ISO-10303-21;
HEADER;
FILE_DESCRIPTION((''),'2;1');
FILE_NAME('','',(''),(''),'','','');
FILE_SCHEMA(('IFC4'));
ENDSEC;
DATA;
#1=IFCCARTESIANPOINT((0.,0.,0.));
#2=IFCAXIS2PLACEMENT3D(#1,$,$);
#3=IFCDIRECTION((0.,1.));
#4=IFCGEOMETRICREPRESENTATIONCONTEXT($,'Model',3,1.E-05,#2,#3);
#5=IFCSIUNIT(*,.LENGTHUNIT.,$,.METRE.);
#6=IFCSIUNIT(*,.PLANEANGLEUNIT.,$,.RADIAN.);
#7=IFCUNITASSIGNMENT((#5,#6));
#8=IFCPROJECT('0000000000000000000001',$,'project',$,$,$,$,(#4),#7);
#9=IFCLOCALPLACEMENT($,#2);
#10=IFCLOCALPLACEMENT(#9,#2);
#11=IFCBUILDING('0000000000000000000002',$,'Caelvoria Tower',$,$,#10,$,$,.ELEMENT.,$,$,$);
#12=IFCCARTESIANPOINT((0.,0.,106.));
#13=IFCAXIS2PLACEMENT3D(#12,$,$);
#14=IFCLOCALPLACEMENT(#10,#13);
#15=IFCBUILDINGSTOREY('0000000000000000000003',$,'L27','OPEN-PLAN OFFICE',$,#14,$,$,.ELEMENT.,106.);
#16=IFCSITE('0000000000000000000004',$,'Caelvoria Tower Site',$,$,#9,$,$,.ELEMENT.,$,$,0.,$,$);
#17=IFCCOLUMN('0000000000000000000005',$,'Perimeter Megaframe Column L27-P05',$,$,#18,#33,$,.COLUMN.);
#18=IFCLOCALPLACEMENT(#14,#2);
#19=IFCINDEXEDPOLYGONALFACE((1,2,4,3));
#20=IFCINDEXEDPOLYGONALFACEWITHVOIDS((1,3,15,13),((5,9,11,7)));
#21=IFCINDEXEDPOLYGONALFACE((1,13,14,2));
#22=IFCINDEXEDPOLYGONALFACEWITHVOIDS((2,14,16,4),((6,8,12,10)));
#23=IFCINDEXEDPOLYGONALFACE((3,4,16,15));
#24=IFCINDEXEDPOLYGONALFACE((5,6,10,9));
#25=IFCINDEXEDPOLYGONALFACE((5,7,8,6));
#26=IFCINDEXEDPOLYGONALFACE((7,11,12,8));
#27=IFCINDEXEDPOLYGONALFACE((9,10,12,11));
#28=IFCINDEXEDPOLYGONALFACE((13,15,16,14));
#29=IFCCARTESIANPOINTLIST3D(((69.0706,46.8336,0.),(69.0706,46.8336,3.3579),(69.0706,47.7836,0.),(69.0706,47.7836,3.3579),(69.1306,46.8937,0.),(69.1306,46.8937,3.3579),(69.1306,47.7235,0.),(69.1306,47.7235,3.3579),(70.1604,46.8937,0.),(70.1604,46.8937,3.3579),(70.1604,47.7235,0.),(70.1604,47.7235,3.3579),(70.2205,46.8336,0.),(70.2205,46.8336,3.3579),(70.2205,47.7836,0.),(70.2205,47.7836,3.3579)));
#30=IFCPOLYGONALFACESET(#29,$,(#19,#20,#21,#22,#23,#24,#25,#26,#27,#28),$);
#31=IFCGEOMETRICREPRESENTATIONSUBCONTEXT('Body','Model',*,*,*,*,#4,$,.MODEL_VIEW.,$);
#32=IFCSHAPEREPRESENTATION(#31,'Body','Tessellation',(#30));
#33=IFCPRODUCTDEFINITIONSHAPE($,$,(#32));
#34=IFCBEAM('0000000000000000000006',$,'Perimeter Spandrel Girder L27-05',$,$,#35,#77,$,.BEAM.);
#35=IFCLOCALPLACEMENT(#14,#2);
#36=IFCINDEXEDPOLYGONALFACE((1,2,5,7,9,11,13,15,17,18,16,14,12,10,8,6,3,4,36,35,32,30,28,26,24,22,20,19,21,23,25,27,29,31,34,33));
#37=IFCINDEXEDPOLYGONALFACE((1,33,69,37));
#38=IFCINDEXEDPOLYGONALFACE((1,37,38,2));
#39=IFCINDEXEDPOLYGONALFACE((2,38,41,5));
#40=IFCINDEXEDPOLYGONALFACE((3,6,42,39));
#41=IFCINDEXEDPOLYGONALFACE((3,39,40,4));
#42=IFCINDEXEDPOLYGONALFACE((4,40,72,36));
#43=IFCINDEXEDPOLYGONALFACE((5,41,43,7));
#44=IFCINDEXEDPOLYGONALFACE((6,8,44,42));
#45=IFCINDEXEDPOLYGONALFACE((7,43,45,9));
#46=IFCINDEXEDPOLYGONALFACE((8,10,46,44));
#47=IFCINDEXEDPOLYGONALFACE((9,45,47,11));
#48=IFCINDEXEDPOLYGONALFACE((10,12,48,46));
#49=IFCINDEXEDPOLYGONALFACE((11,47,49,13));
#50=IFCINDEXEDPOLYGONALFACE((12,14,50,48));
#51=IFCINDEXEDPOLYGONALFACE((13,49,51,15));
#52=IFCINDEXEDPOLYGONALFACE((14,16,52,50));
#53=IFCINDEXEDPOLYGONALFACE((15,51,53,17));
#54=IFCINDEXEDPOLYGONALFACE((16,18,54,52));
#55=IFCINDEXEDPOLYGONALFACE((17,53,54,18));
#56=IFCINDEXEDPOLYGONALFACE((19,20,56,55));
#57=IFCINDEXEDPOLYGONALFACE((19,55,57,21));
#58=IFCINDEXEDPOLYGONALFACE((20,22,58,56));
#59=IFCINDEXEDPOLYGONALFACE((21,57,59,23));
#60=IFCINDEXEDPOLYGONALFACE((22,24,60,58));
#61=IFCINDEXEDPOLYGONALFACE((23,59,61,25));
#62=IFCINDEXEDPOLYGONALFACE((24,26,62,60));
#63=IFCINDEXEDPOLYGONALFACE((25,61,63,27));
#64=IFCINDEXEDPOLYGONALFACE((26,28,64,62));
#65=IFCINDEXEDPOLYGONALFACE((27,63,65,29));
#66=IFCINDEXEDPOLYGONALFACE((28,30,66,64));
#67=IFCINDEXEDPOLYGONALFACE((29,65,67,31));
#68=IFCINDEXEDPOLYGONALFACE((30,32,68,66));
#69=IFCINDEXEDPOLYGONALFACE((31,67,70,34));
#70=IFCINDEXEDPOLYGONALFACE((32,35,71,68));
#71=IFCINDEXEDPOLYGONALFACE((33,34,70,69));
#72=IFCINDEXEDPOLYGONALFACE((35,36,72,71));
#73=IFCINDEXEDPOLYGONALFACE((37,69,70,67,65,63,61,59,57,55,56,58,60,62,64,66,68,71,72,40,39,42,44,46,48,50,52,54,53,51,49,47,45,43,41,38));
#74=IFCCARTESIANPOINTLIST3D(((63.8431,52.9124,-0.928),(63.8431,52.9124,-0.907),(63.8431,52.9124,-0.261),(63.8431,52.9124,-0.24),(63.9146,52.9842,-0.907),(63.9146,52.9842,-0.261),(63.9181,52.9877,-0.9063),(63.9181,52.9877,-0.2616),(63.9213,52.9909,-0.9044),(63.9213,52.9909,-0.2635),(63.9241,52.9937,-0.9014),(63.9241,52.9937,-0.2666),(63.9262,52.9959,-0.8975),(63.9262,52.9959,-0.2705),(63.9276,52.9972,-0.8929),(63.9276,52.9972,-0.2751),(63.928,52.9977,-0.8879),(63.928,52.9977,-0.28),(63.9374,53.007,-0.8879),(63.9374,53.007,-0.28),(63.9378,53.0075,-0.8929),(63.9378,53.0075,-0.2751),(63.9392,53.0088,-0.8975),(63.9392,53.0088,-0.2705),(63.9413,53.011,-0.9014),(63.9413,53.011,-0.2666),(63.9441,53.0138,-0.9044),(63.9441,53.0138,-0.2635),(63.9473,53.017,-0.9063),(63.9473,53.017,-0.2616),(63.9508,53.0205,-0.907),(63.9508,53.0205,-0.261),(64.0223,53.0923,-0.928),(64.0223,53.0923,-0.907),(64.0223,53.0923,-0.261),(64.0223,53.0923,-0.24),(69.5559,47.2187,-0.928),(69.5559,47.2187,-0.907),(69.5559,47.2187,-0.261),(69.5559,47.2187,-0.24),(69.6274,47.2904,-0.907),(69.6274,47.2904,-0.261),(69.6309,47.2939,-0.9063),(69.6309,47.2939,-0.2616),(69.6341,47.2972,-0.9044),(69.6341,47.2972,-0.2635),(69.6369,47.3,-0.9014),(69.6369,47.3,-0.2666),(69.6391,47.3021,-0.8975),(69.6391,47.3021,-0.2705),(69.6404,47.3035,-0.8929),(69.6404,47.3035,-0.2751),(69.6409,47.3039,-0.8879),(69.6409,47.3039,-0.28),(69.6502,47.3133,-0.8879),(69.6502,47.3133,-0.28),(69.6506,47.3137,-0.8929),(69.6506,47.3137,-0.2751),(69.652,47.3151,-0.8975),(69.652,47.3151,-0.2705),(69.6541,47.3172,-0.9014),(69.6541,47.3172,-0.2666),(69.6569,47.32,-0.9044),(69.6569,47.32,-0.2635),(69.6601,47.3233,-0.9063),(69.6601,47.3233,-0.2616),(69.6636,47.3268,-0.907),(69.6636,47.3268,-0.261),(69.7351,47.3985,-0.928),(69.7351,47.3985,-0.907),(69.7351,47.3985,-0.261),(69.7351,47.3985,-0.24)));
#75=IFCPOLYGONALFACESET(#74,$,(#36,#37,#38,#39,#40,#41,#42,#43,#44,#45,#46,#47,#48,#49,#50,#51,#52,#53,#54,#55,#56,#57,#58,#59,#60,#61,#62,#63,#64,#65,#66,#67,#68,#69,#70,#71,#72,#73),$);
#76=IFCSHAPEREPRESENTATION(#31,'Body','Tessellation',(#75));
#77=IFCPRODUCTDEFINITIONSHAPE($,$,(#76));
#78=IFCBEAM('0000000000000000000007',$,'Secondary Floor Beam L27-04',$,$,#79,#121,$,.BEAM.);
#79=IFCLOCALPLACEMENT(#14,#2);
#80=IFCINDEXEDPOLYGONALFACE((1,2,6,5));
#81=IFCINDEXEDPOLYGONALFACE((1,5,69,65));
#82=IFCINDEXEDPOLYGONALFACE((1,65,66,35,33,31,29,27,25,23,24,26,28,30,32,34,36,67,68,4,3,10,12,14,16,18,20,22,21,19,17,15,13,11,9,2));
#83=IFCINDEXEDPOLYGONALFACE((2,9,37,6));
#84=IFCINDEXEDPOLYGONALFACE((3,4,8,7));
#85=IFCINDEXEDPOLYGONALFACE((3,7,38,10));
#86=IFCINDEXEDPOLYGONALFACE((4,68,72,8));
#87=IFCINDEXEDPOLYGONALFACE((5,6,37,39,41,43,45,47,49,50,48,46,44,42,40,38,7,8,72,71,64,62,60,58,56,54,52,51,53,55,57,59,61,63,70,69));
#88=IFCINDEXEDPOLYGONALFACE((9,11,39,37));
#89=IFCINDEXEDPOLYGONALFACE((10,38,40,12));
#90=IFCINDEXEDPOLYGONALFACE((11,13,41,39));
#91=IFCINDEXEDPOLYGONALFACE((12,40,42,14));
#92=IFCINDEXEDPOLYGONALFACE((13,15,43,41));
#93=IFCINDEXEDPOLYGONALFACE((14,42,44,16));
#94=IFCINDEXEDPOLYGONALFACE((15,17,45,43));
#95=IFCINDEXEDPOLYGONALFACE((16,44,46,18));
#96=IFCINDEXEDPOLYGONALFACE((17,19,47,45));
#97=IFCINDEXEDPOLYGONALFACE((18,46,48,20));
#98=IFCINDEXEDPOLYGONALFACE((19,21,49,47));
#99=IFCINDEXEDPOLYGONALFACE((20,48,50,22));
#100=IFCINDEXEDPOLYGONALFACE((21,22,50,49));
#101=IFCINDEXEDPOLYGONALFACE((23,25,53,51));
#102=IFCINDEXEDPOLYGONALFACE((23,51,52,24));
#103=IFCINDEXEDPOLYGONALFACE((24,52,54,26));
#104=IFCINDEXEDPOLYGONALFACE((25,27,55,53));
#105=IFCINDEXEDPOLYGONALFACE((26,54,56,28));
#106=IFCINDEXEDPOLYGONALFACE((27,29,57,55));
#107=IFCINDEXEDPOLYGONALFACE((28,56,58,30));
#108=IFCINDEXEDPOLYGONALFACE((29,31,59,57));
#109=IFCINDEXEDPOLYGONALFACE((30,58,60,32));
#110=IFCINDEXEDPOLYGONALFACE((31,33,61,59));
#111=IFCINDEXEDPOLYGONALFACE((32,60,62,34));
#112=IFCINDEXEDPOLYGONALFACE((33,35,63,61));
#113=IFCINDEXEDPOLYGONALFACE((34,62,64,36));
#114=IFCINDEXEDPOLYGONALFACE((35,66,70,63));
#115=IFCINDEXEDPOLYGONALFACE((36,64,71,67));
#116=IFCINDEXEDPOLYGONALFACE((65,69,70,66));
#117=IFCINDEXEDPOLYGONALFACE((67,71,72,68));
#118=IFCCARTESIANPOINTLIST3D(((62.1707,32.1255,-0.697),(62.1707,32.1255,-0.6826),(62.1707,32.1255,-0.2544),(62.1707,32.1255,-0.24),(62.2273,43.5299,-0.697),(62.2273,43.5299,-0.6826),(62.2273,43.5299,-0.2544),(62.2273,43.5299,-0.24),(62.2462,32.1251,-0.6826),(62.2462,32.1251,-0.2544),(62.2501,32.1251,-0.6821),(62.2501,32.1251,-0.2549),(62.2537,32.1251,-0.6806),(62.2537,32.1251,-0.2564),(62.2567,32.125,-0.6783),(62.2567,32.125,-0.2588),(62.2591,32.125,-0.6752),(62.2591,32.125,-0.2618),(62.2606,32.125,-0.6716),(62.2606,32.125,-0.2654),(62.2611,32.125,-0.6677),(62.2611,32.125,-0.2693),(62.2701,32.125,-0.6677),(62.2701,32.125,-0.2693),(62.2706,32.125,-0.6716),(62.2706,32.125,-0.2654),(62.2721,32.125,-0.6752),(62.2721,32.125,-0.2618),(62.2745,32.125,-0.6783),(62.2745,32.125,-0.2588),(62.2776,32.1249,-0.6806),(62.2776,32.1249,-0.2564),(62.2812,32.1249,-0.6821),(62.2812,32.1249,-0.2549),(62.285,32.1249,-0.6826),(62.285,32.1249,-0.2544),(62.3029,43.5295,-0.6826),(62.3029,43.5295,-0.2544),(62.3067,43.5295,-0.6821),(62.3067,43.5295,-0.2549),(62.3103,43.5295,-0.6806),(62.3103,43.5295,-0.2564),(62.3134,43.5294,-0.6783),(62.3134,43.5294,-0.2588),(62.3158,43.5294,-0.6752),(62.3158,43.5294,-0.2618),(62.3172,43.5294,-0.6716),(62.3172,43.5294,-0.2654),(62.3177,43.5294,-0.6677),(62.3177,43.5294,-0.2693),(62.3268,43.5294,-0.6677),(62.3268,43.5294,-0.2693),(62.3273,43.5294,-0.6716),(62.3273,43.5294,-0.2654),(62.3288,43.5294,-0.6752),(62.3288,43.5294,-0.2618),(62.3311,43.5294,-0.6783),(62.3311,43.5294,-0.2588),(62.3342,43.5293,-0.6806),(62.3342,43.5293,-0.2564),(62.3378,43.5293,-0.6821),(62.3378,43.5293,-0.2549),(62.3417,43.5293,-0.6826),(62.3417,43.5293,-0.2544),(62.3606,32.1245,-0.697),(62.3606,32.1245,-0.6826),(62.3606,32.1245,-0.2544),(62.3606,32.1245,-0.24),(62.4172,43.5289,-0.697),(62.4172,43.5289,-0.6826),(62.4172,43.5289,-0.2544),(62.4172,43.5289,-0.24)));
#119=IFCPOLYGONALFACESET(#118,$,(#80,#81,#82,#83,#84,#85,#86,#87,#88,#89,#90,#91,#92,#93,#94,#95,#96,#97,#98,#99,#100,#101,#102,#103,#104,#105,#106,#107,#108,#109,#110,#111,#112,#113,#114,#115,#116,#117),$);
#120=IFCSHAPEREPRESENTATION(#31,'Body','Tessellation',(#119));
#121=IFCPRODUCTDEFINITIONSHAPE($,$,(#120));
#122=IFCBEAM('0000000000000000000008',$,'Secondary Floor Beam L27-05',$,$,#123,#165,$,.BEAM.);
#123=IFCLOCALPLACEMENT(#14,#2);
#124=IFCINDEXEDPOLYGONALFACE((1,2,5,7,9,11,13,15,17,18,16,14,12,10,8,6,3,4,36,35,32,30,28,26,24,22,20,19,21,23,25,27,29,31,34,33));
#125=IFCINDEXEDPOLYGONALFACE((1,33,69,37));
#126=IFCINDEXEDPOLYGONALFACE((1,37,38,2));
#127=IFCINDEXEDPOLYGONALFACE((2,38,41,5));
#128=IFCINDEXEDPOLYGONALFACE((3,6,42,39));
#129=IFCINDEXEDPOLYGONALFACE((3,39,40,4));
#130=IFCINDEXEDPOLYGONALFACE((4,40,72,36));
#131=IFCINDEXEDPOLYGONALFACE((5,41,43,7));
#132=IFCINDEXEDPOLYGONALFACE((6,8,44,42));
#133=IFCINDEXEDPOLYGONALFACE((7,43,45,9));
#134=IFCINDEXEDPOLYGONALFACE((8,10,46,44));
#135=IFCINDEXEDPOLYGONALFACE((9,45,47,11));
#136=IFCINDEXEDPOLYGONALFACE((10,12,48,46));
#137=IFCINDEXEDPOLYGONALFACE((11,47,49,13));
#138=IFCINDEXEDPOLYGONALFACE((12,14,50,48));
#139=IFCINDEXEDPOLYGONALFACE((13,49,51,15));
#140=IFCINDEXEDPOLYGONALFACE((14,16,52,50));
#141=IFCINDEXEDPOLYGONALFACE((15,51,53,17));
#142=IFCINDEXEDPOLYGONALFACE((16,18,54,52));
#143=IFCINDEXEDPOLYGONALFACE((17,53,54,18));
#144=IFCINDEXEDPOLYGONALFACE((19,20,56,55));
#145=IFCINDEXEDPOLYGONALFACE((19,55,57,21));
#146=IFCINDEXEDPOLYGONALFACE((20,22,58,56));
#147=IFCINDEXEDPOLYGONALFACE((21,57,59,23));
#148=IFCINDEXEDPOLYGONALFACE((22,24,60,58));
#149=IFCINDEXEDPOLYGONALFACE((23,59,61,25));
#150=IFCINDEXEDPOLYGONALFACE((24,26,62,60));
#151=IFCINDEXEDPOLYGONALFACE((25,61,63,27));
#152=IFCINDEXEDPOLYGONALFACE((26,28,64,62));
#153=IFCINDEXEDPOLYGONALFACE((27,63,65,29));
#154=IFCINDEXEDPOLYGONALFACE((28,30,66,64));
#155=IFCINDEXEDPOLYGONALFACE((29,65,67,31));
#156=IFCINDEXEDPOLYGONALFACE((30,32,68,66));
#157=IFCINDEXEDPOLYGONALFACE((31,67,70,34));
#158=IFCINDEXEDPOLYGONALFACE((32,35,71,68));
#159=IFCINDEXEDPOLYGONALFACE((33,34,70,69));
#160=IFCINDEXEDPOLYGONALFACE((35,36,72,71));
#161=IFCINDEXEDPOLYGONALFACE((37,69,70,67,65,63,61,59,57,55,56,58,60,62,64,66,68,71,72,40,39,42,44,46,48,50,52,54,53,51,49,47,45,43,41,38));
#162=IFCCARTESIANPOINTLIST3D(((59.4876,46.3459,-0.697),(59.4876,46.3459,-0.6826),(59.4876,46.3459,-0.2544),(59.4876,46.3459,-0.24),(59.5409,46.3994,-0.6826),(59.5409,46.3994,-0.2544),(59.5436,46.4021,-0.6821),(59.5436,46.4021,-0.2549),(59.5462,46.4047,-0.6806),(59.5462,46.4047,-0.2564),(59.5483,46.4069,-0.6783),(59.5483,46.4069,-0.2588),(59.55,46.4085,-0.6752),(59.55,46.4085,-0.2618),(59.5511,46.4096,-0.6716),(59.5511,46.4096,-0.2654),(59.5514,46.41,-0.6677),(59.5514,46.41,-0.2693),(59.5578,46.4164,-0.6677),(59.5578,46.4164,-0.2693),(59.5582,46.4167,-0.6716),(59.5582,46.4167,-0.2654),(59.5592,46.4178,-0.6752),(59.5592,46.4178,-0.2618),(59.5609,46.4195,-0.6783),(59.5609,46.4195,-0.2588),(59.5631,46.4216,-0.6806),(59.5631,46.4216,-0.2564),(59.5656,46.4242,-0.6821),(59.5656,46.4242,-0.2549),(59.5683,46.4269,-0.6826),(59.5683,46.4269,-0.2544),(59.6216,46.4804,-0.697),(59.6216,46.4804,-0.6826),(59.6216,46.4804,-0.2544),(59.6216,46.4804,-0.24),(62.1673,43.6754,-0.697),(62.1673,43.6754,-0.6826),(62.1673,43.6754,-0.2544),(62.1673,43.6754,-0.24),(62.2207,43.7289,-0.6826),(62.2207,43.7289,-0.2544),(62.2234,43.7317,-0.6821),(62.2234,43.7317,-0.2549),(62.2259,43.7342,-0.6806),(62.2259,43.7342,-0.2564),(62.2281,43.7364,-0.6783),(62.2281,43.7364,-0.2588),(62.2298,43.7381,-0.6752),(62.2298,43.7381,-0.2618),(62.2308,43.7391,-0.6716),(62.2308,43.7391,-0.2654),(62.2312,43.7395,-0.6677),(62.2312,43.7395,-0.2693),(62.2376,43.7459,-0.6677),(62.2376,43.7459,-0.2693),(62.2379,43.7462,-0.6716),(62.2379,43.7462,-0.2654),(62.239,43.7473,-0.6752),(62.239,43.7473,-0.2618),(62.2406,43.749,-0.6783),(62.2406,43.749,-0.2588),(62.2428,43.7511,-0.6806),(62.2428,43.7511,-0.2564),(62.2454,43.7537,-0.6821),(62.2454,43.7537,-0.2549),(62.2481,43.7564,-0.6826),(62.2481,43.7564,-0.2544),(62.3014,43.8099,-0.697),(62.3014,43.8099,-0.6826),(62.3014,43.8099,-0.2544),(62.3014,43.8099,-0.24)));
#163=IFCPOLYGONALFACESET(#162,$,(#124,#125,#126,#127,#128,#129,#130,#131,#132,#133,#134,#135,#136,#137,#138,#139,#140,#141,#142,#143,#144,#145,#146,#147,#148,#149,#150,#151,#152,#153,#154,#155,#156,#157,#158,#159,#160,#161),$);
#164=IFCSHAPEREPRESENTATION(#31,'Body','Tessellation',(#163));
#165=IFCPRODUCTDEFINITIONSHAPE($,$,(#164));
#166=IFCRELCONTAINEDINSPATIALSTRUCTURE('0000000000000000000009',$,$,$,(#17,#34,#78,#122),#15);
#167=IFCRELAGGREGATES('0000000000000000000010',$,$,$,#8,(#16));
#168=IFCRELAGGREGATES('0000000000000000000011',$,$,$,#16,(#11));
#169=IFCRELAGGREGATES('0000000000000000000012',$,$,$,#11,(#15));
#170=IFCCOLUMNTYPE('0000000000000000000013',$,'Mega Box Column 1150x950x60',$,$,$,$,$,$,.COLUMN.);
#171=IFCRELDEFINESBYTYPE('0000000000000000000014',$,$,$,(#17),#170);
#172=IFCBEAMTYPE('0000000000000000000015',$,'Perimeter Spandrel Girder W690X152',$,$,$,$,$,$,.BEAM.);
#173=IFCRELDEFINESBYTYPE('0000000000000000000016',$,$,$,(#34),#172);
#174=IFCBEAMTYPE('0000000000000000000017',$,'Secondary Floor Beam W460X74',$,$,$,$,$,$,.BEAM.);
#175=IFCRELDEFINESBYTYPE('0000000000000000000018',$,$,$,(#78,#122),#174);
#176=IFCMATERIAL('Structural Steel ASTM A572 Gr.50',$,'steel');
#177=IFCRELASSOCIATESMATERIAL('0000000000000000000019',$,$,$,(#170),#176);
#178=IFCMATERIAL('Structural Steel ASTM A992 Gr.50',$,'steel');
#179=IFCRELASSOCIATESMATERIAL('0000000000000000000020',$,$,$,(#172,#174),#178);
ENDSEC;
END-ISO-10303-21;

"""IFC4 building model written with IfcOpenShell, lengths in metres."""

from ifc_helpers import new_model, si_unit, direction, frame, origin, origin_2d, place, context, subcontext, project, spatial, hollow_rectangle, i_section, extrude, material, material_profile, profile_set, type_object, element, save


model = new_model("IFC4")

# Units and contexts
model_context = context("Model", 3, precision=1e-05, world=origin(), true_north=direction((0.0, 1.0)))
body_context = subcontext(model_context, "Body", "Model", "MODEL_VIEW")
ifc_project = project(units=[si_unit("LENGTHUNIT", "METRE"), si_unit("PLANEANGLEUNIT", "RADIAN")], contexts=[model_context])

# Site, building, storey
site_placement = place(None, origin())
site = spatial("IfcSite", under=ifc_project, at=site_placement, Name="Caelvoria Tower Site", CompositionType="ELEMENT", RefElevation=0.0)
building_placement = place(site_placement, origin())
building = spatial("IfcBuilding", under=site, at=building_placement, Name="Caelvoria Tower", CompositionType="ELEMENT")
storey_placement = place(building_placement, frame((0.0, 0.0, 106.0)))
storey = spatial("IfcBuildingStorey", under=building, at=storey_placement, Name="L27", Description="OPEN-PLAN OFFICE", CompositionType="ELEMENT", Elevation=106.0)

# Column
ifc_material_1 = material(Name="Structural Steel ASTM A572 Gr.50", Category="steel")
ifc_material_profile_1 = material_profile(ifc_material_1, hollow_rectangle(XDim=0.95, YDim=1.1499, WallThickness=0.0601, at=origin_2d()), Name="Structural Steel ASTM A572 Gr.50")
ifc_profile_set_1 = profile_set([ifc_material_profile_1], Name="BOX1150X950X60 - Structural Steel ASTM A572 Gr.50")
column_type = type_object("IfcColumnType", Name="Mega Box Column 1150x950x60", PredefinedType="COLUMN", material=ifc_profile_set_1)
column_placement = place(storey_placement, frame((69.6455, 47.3086, 0.0), z_axis=(0.0, 0.0, 1.0), x_axis=(0.0, 1.0, 0.0)))
element("IfcColumn", 1, at=column_placement, inside=storey, type_object=column_type, Name="Perimeter Megaframe Column L27-P05", PredefinedType="COLUMN", context=body_context, shape_type="SweptSolid", body=[
    extrude(hollow_rectangle(XDim=0.95, YDim=1.1499, WallThickness=0.0601, at=origin_2d()), origin(), (0.0, 0.0, 1.0), 3.3579),
])

# Beams
ifc_material_2 = material(Name="Structural Steel ASTM A992 Gr.50", Category="steel")
ifc_material_profile_2 = material_profile(ifc_material_2, i_section(OverallWidth=0.2539, OverallDepth=0.688, WebThickness=0.0132, FlangeThickness=0.021, FilletRadius=0.019, at=origin_2d()), Name="Structural Steel ASTM A992 Gr.50")
ifc_profile_set_2 = profile_set([ifc_material_profile_2], Name="W690X152 - Structural Steel ASTM A992 Gr.50")
beam_type_1 = type_object("IfcBeamType", Name="Perimeter Spandrel Girder W690X152", PredefinedType="BEAM", material=ifc_profile_set_2)
beam_1_placement = place(storey_placement, frame((69.6455, 47.3086, -0.584), z_axis=(-0.708286, 0.705925, 0.0), x_axis=(-0.705925, -0.708286, 0.0)))
element("IfcBeam", 2, at=beam_1_placement, inside=storey, type_object=beam_type_1, Name="Perimeter Spandrel Girder L27-05", PredefinedType="BEAM", context=body_context, shape_type="SweptSolid", body=[
    extrude(i_section(OverallWidth=0.2539, OverallDepth=0.688, WebThickness=0.0132, FlangeThickness=0.021, FilletRadius=0.019, at=origin_2d()), origin(), (0.0, 0.0, 1.0), 8.0657),
])
ifc_material_profile_3 = material_profile(ifc_material_2, i_section(OverallWidth=0.1899, OverallDepth=0.457, WebThickness=0.009, FlangeThickness=0.0144, FilletRadius=0.0149, at=origin_2d()), Name="Structural Steel ASTM A992 Gr.50")
ifc_profile_set_3 = profile_set([ifc_material_profile_3], Name="W460X74 - Structural Steel ASTM A992 Gr.50")
beam_type_2 = type_object("IfcBeamType", Name="Secondary Floor Beam W460X74", PredefinedType="BEAM", material=ifc_profile_set_3)
beam_2_placement = place(storey_placement, frame((62.2656, 32.125, -0.4685), z_axis=(0.004967, 0.999988, 0.0), x_axis=(-0.999988, 0.004967, 0.0)))
element("IfcBeam", 3, at=beam_2_placement, inside=storey, type_object=beam_type_2, Name="Secondary Floor Beam L27-04", PredefinedType="BEAM", context=body_context, shape_type="SweptSolid", body=[
    extrude(i_section(OverallWidth=0.1899, OverallDepth=0.457, WebThickness=0.009, FlangeThickness=0.0144, FilletRadius=0.0149, at=origin_2d()), origin(), (0.0, 0.0, 1.0), 11.4045),
])
beam_3_placement = place(storey_placement, frame((62.2344, 43.7427, -0.4685), z_axis=(-0.708332, 0.70588, 0.0), x_axis=(-0.70588, -0.708332, 0.0)))
element("IfcBeam", 4, at=beam_3_placement, inside=storey, type_object=beam_type_2, Name="Secondary Floor Beam L27-05", PredefinedType="BEAM", context=body_context, shape_type="SweptSolid", body=[
    extrude(i_section(OverallWidth=0.1899, OverallDepth=0.457, WebThickness=0.009, FlangeThickness=0.0144, FilletRadius=0.0149, at=origin_2d()), origin(), (0.0, 0.0, 1.0), 3.7832),
])

save(model, "model.ifc")
